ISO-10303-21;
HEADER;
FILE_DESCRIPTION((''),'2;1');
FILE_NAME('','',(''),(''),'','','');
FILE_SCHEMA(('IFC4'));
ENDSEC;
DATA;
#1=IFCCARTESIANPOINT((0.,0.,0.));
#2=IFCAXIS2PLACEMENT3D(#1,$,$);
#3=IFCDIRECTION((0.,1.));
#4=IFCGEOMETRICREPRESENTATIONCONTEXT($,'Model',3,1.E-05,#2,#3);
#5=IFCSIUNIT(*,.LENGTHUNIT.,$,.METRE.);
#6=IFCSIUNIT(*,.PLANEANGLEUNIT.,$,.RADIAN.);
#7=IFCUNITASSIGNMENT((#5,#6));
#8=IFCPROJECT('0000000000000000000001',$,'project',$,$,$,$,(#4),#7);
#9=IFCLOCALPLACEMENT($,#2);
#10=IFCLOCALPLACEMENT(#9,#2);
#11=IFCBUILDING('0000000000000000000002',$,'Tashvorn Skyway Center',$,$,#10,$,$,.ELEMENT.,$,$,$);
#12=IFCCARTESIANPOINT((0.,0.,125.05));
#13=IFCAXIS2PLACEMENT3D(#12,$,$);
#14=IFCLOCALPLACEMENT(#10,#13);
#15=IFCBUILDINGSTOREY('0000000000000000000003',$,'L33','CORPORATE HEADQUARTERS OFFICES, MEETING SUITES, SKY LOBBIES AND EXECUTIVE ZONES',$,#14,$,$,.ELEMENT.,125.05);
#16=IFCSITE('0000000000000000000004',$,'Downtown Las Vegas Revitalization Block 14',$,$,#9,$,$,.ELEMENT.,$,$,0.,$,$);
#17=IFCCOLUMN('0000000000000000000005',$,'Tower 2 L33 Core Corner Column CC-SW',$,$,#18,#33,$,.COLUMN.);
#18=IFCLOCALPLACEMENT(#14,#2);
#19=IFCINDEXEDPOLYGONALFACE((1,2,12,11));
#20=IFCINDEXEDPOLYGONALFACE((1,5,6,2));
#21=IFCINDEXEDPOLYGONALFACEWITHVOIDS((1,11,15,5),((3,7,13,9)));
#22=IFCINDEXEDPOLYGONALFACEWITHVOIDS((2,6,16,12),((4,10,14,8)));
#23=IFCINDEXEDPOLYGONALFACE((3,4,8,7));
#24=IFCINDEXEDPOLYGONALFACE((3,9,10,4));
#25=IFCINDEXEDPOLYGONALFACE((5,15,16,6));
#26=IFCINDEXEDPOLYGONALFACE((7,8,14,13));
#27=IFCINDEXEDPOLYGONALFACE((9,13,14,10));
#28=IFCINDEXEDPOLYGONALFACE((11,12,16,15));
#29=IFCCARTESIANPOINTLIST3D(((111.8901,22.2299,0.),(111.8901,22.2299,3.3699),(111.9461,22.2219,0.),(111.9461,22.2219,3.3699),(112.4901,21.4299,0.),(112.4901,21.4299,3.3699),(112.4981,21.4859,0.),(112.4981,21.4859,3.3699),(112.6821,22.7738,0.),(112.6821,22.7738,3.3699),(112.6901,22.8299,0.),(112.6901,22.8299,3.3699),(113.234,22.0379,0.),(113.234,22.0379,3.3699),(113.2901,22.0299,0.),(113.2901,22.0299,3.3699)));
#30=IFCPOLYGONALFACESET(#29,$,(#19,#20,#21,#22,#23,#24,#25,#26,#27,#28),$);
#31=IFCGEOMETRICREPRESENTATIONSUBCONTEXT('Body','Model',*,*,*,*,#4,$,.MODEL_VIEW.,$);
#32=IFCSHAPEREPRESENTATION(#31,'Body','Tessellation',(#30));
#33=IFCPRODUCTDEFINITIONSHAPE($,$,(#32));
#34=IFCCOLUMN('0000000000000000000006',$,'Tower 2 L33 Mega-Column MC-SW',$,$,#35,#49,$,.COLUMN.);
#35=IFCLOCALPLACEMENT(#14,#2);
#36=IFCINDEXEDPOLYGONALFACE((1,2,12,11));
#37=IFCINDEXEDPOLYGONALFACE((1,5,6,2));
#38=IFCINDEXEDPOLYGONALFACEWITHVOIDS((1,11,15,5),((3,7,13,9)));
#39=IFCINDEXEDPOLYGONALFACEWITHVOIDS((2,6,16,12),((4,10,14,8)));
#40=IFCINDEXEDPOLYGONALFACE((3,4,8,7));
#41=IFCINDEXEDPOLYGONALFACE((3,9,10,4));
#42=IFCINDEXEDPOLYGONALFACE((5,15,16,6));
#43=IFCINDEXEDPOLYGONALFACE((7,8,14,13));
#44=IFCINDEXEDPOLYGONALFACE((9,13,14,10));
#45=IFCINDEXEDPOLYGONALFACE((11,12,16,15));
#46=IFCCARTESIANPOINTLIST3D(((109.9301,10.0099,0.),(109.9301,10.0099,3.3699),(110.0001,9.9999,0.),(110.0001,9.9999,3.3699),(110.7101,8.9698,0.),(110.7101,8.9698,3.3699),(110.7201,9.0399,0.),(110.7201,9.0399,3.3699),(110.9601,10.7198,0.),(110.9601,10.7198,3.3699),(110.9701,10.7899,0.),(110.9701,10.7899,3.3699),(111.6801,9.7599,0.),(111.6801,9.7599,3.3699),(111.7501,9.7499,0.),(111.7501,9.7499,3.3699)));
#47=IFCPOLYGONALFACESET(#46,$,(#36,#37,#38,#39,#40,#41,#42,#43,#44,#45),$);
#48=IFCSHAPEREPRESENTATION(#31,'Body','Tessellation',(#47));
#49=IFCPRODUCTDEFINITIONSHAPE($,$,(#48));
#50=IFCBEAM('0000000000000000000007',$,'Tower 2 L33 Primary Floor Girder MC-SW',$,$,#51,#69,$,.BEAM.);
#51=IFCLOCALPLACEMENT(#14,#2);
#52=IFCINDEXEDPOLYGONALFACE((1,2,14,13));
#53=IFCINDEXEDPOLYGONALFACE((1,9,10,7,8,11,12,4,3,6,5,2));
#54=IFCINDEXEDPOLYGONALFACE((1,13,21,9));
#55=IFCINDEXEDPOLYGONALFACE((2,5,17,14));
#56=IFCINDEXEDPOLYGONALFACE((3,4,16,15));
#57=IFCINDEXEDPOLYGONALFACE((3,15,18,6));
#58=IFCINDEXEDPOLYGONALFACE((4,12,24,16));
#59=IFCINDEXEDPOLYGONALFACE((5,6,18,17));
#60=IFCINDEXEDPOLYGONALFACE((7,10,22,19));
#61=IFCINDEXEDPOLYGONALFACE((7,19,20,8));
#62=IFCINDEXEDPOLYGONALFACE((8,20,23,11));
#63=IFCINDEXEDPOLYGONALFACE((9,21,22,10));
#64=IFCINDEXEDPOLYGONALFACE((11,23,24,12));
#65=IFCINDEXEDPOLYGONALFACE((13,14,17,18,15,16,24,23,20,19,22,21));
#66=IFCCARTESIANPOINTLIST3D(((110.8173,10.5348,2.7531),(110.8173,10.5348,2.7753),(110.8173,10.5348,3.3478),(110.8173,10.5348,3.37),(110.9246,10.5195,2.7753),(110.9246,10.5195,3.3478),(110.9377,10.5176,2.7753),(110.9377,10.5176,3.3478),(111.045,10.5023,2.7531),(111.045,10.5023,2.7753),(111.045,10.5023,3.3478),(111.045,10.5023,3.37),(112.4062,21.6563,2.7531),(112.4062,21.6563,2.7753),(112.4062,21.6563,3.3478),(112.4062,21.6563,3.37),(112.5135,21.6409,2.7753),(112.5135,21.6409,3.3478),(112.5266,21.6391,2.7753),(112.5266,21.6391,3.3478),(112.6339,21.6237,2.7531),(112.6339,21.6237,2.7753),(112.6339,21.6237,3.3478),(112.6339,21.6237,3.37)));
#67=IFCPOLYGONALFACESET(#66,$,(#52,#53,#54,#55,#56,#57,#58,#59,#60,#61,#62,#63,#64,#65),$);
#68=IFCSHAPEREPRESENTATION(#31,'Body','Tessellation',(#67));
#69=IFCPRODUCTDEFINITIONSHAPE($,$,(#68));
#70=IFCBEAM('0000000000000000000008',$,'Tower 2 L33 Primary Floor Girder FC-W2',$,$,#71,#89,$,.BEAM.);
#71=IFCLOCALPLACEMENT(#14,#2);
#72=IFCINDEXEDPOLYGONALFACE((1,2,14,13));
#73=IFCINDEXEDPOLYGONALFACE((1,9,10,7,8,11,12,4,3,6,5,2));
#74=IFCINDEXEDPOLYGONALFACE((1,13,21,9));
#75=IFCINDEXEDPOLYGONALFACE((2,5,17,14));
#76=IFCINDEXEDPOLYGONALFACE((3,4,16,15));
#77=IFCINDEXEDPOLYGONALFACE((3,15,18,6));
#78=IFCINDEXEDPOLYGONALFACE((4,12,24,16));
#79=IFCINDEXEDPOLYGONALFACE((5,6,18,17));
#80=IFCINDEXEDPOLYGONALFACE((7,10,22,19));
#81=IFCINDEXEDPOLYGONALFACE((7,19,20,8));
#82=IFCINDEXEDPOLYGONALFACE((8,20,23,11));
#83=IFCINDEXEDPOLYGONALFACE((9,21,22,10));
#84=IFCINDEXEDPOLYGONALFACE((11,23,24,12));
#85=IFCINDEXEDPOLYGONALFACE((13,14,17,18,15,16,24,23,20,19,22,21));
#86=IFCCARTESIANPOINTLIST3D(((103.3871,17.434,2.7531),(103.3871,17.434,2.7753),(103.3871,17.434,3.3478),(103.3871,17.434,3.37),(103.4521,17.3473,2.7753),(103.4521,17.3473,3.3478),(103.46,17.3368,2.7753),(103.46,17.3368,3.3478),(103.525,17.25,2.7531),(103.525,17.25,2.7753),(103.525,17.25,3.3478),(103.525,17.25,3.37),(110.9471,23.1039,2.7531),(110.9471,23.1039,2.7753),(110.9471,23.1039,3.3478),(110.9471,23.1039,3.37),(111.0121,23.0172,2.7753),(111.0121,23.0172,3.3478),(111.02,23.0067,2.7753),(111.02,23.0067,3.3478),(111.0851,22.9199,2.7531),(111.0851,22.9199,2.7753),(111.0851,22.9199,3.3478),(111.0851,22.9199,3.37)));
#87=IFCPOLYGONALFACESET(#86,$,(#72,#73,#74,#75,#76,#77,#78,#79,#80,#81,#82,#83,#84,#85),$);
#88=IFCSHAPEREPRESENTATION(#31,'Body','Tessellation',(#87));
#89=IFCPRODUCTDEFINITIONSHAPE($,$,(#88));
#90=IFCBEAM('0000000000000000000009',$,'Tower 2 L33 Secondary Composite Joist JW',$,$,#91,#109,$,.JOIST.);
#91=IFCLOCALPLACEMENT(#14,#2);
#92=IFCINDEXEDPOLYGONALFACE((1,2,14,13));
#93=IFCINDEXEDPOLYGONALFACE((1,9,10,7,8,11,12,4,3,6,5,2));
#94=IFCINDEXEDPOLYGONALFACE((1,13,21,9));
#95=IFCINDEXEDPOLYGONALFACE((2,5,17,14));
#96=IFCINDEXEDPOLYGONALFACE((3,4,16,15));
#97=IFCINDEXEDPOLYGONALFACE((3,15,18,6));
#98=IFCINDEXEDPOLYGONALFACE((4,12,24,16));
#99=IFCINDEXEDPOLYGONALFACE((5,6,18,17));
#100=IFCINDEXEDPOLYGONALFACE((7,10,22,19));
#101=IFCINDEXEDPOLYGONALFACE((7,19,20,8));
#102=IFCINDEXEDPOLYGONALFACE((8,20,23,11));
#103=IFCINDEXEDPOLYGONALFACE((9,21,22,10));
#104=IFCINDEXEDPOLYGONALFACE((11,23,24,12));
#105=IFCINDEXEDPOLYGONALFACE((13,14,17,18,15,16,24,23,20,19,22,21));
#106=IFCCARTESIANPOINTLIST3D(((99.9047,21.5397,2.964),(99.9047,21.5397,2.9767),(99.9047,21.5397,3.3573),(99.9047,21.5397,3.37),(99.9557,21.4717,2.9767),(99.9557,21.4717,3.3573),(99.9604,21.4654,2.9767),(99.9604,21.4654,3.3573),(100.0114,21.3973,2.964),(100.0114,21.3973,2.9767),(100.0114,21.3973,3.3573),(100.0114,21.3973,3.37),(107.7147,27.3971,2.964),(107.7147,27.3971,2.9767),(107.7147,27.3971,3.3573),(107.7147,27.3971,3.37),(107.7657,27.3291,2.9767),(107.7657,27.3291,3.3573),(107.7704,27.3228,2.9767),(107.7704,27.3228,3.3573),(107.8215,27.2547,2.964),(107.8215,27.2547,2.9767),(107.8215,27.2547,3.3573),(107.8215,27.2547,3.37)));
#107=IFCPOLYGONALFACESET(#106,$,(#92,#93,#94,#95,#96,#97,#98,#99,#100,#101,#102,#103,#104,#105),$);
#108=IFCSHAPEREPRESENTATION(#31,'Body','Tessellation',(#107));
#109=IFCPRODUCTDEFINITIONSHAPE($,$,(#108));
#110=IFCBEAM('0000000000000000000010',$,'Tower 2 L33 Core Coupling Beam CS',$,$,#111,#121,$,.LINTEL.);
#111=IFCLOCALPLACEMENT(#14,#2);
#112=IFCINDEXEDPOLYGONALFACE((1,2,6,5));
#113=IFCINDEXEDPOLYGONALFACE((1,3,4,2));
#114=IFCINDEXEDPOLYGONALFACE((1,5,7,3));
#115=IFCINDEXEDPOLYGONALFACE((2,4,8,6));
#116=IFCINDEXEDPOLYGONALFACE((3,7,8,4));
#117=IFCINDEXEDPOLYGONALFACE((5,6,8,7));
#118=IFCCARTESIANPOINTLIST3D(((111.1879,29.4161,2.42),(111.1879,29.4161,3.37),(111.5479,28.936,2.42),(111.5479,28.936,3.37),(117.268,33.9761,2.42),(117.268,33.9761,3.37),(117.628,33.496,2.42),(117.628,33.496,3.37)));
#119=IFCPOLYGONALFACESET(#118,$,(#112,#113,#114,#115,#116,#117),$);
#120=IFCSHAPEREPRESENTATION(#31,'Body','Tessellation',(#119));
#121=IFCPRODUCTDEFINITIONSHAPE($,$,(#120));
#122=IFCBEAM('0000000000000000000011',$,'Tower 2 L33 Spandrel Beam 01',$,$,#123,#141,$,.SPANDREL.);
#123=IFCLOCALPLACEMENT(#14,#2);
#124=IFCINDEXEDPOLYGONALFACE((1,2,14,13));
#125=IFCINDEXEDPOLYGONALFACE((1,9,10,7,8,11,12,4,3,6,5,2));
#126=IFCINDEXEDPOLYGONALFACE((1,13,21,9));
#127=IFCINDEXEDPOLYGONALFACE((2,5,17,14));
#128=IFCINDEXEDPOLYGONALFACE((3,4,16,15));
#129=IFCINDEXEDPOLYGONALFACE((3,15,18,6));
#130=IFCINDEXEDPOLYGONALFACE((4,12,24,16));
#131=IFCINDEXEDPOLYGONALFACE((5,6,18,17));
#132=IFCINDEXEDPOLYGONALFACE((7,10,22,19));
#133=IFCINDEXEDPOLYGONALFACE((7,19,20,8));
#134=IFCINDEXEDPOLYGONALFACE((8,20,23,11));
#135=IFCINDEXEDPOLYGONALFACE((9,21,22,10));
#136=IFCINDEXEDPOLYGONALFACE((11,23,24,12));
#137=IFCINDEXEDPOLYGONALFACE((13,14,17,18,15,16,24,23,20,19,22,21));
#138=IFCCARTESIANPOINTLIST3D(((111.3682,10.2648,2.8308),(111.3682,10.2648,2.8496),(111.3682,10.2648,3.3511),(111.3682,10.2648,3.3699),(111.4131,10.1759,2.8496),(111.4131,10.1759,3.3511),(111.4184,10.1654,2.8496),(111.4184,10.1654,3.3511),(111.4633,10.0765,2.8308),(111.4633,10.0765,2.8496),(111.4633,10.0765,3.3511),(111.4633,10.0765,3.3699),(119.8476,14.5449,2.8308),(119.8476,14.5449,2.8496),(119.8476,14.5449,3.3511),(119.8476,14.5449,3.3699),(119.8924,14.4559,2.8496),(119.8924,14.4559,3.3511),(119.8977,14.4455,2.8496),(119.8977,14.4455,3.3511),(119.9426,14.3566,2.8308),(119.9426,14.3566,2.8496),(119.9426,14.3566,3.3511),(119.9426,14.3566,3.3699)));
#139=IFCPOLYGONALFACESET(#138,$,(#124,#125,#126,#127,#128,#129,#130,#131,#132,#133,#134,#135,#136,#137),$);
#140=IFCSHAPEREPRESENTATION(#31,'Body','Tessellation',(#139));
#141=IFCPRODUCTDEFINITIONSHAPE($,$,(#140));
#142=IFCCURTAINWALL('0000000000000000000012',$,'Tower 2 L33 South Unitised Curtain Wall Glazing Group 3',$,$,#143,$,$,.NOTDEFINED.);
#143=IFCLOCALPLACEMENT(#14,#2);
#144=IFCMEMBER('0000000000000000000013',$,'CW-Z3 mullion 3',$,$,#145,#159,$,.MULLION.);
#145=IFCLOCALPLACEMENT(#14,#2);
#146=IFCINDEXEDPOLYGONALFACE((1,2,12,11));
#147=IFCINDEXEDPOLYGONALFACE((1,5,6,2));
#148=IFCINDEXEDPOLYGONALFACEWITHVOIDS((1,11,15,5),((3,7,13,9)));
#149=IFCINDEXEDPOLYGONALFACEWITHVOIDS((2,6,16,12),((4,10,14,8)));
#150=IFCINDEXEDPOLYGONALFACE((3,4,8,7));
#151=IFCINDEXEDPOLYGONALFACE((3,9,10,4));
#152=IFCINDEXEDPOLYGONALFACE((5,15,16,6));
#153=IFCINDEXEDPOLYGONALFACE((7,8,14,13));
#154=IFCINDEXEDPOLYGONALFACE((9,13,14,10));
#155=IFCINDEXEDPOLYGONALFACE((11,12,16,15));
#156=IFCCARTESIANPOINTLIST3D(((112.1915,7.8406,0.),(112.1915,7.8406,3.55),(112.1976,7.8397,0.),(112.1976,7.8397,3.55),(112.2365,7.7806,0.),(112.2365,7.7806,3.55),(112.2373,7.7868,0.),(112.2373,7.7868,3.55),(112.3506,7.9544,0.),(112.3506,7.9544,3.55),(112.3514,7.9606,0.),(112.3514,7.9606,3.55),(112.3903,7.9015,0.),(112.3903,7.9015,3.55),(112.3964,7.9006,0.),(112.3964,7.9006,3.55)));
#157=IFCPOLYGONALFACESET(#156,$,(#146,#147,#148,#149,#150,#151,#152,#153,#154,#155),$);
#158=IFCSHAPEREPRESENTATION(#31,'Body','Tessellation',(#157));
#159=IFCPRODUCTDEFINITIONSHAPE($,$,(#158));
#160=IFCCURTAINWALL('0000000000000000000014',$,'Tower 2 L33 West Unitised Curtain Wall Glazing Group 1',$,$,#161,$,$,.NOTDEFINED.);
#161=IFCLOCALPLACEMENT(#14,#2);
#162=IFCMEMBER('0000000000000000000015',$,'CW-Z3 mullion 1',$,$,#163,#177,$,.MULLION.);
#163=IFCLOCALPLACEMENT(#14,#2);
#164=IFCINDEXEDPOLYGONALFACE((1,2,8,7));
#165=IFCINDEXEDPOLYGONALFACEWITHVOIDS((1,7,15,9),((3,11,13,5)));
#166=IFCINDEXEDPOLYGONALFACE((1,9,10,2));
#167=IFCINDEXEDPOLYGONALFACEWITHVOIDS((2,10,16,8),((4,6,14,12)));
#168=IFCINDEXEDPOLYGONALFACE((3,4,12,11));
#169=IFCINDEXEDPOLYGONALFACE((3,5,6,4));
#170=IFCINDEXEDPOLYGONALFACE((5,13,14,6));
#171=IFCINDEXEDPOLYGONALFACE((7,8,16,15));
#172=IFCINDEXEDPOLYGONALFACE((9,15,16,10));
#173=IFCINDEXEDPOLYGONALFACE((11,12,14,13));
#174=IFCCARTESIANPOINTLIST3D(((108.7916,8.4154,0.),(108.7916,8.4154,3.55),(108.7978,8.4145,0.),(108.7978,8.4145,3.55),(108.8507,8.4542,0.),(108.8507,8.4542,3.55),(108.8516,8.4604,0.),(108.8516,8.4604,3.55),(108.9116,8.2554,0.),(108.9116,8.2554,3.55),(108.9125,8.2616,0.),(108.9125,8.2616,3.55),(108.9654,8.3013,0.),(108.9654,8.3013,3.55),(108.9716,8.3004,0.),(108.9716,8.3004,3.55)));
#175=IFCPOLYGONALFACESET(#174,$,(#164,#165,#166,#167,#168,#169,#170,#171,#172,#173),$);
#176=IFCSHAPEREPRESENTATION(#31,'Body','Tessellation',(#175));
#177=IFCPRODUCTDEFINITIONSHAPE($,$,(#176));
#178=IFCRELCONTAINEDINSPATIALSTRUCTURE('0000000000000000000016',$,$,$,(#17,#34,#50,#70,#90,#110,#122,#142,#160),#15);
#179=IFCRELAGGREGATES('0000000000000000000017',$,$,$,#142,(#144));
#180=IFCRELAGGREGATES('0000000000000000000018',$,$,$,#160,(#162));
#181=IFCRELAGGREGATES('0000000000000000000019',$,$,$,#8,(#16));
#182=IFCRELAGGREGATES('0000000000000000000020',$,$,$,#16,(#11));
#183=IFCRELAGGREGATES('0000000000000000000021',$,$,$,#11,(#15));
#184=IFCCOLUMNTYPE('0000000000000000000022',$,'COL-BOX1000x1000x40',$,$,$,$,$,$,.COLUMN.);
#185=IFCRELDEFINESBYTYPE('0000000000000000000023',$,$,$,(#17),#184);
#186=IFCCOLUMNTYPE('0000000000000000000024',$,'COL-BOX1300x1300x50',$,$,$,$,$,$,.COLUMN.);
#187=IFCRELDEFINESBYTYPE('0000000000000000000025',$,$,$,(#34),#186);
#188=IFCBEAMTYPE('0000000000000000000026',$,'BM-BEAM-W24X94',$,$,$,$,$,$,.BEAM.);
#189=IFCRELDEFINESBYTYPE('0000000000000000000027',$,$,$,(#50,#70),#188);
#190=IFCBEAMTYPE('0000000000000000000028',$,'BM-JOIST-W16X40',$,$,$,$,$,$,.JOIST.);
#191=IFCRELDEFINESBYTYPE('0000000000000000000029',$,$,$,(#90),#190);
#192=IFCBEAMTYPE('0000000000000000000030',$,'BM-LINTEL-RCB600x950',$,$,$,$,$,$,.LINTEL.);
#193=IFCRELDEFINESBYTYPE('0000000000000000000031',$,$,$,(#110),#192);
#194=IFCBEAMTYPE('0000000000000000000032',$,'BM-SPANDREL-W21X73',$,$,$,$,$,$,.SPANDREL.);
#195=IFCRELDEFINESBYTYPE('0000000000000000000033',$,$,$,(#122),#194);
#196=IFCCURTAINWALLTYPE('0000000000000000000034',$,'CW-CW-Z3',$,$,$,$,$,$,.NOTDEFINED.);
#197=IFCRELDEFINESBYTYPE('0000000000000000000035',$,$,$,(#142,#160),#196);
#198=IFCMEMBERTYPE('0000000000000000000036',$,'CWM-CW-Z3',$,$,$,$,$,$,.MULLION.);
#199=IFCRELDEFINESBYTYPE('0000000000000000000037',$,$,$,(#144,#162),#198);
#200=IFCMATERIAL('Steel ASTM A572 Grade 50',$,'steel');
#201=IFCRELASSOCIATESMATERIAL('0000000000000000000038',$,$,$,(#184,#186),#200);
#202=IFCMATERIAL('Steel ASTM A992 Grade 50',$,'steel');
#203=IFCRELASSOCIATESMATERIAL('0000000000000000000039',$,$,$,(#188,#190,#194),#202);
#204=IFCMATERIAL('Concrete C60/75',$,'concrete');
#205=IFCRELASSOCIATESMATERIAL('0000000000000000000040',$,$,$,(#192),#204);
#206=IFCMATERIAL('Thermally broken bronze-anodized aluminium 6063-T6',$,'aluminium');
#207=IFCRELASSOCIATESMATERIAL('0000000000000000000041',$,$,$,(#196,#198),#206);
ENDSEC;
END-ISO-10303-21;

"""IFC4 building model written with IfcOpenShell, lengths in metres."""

from ifc_helpers import new_model, si_unit, direction, frame, origin, origin_2d, place, context, subcontext, project, spatial, rectangle, hollow_rectangle, i_section, extrude, material, material_profile, profile_set, type_object, element, aggregate, save


model = new_model("IFC4")

# Units and contexts
model_context = context("Model", 3, precision=1e-05, world=origin(), true_north=direction((0.0, 1.0)))
body_context = subcontext(model_context, "Body", "Model", "MODEL_VIEW")
ifc_project = project(units=[si_unit("LENGTHUNIT", "METRE"), si_unit("PLANEANGLEUNIT", "RADIAN")], contexts=[model_context])

# Site, building, storey
site_placement = place(None, origin())
site = spatial("IfcSite", under=ifc_project, at=site_placement, Name="Downtown Las Vegas Revitalization Block 14", CompositionType="ELEMENT", RefElevation=0.0)
building_placement = place(site_placement, origin())
building = spatial("IfcBuilding", under=site, at=building_placement, Name="Tashvorn Skyway Center", CompositionType="ELEMENT")
storey_placement = place(building_placement, frame((0.0, 0.0, 125.05)))
storey = spatial("IfcBuildingStorey", under=building, at=storey_placement, Name="L33", Description="CORPORATE HEADQUARTERS OFFICES, MEETING SUITES, SKY LOBBIES AND EXECUTIVE ZONES", CompositionType="ELEMENT", Elevation=125.05)

# Columns
ifc_material_1 = material(Name="Steel ASTM A572 Grade 50", Category="steel")
ifc_material_profile_1 = material_profile(ifc_material_1, hollow_rectangle(XDim=1.0, YDim=1.0, WallThickness=0.04, at=origin_2d()), Name="BOX1000x1000x40")
ifc_profile_set_1 = profile_set([ifc_material_profile_1], Name="Steel ASTM A572 Grade 50")
column_type_1 = type_object("IfcColumnType", Name="COL-BOX1000x1000x40", PredefinedType="COLUMN", material=ifc_profile_set_1)
column_1_placement = place(storey_placement, frame((112.5901, 22.1299, 0.0), z_axis=(0.0, 0.0, 1.0), x_axis=(0.8, 0.6, 0.0)))
element("IfcColumn", 1, at=column_1_placement, inside=storey, type_object=column_type_1, Name="Tower 2 L33 Core Corner Column CC-SW", PredefinedType="COLUMN", context=body_context, shape_type="SweptSolid", body=[
    extrude(hollow_rectangle(XDim=1.0, YDim=1.0, WallThickness=0.04, at=origin_2d()), origin(), (0.0, 0.0, 1.0), 3.3699),
])
ifc_material_profile_2 = material_profile(ifc_material_1, hollow_rectangle(XDim=1.3, YDim=1.3, WallThickness=0.05, at=origin_2d()), Name="BOX1300x1300x50")
ifc_profile_set_2 = profile_set([ifc_material_profile_2], Name="Steel ASTM A572 Grade 50")
column_type_2 = type_object("IfcColumnType", Name="COL-BOX1300x1300x50", PredefinedType="COLUMN", material=ifc_profile_set_2)
column_2_placement = place(storey_placement, frame((110.8401, 9.8799, 0.0), z_axis=(0.0, 0.0, 1.0), x_axis=(0.8, 0.6, 0.0)))
element("IfcColumn", 2, at=column_2_placement, inside=storey, type_object=column_type_2, Name="Tower 2 L33 Mega-Column MC-SW", PredefinedType="COLUMN", context=body_context, shape_type="SweptSolid", body=[
    extrude(hollow_rectangle(XDim=1.3, YDim=1.3, WallThickness=0.05, at=origin_2d()), origin(), (0.0, 0.0, 1.0), 3.3699),
])

# Beams
ifc_material_2 = material(Name="Steel ASTM A992 Grade 50", Category="steel")
ifc_material_profile_3 = material_profile(ifc_material_2, i_section(OverallWidth=0.23, OverallDepth=0.6169, WebThickness=0.0132, FlangeThickness=0.0222, at=origin_2d()), Name="W24X94")
ifc_profile_set_3 = profile_set([ifc_material_profile_3], Name="Steel ASTM A992 Grade 50")
beam_type_1 = type_object("IfcBeamType", Name="BM-BEAM-W24X94", PredefinedType="BEAM", material=ifc_profile_set_3)
beam_1_placement = place(storey_placement, frame((110.9312, 10.5186, 3.0615), z_axis=(0.14143, 0.989948, 0.0), x_axis=(-0.989948, 0.14143, 0.0)))
element("IfcBeam", 3, at=beam_1_placement, inside=storey, type_object=beam_type_1, Name="Tower 2 L33 Primary Floor Girder MC-SW", PredefinedType="BEAM", context=body_context, shape_type="SweptSolid", body=[
    extrude(i_section(OverallWidth=0.23, OverallDepth=0.6169, WebThickness=0.0132, FlangeThickness=0.0222, at=origin_2d()), origin(), (0.0, 0.0, 1.0), 11.2344),
])
beam_2_placement = place(storey_placement, frame((103.4561, 17.342, 3.0615), z_axis=(0.800006, 0.599992, 0.0), x_axis=(-0.599992, 0.800006, 0.0)))
element("IfcBeam", 4, at=beam_2_placement, inside=storey, type_object=beam_type_1, Name="Tower 2 L33 Primary Floor Girder FC-W2", PredefinedType="BEAM", context=body_context, shape_type="SweptSolid", body=[
    extrude(i_section(OverallWidth=0.23, OverallDepth=0.6169, WebThickness=0.0132, FlangeThickness=0.0222, at=origin_2d()), origin(), (0.0, 0.0, 1.0), 9.45),
])
ifc_material_profile_4 = material_profile(ifc_material_2, i_section(OverallWidth=0.178, OverallDepth=0.406, WebThickness=0.0078, FlangeThickness=0.0127, at=origin_2d()), Name="W16X40")
ifc_profile_set_4 = profile_set([ifc_material_profile_4], Name="Steel ASTM A992 Grade 50")
beam_type_2 = type_object("IfcBeamType", Name="BM-JOIST-W16X40", PredefinedType="JOIST", material=ifc_profile_set_4)
beam_3_placement = place(storey_placement, frame((107.7681, 27.3259, 3.167), z_axis=(-0.800006, -0.599992, 0.0), x_axis=(0.599992, -0.800006, 0.0)))
element("IfcBeam", 5, at=beam_3_placement, inside=storey, type_object=beam_type_2, Name="Tower 2 L33 Secondary Composite Joist JW", PredefinedType="JOIST", context=body_context, shape_type="SweptSolid", body=[
    extrude(i_section(OverallWidth=0.178, OverallDepth=0.406, WebThickness=0.0078, FlangeThickness=0.0127, at=origin_2d()), origin(), (0.0, 0.0, 1.0), 9.7625),
])
ifc_material_3 = material(Name="Concrete C60/75", Category="concrete")
ifc_material_profile_5 = material_profile(ifc_material_3, rectangle(XDim=0.6001, YDim=0.95, at=origin_2d()), Name="RCB600x950")
ifc_profile_set_5 = profile_set([ifc_material_profile_5], Name="Concrete C60/75")
beam_type_3 = type_object("IfcBeamType", Name="BM-LINTEL-RCB600x950", PredefinedType="LINTEL", material=ifc_profile_set_5)
beam_4_placement = place(storey_placement, frame((111.3679, 29.176, 2.895), z_axis=(0.8, 0.6, 0.0), x_axis=(-0.6, 0.8, 0.0)))
element("IfcBeam", 6, at=beam_4_placement, inside=storey, type_object=beam_type_3, Name="Tower 2 L33 Core Coupling Beam CS", PredefinedType="LINTEL", context=body_context, shape_type="SweptSolid", body=[
    extrude(rectangle(XDim=0.6001, YDim=0.95, at=origin_2d()), origin(), (0.0, 0.0, 1.0), 7.6001),
])
ifc_material_profile_6 = material_profile(ifc_material_2, i_section(OverallWidth=0.2109, OverallDepth=0.5391, WebThickness=0.0117, FlangeThickness=0.0188, at=origin_2d()), Name="W21X73")
ifc_profile_set_6 = profile_set([ifc_material_profile_6], Name="Steel ASTM A992 Grade 50")
beam_type_4 = type_object("IfcBeamType", Name="BM-SPANDREL-W21X73", PredefinedType="SPANDREL", material=ifc_profile_set_6)
beam_5_placement = place(storey_placement, frame((111.4158, 10.1707, 3.1003), z_axis=(0.892719, 0.450614, 0.0), x_axis=(-0.450614, 0.892719, 0.0)))
element("IfcBeam", 7, at=beam_5_placement, inside=storey, type_object=beam_type_4, Name="Tower 2 L33 Spandrel Beam 01", PredefinedType="SPANDREL", context=body_context, shape_type="SweptSolid", body=[
    extrude(i_section(OverallWidth=0.2109, OverallDepth=0.5391, WebThickness=0.0117, FlangeThickness=0.0188, at=origin_2d()), origin(), (0.0, 0.0, 1.0), 9.4983),
])

# Curtain wall, member
ifc_material_4 = material(Name="Thermally broken bronze-anodized aluminium 6063-T6", Category="aluminium")
curtain_wall_type = type_object("IfcCurtainWallType", Name="CW-CW-Z3", PredefinedType="NOTDEFINED", material=ifc_material_4)
curtain_wall_1_placement = place(storey_placement, origin())
curtain_wall_1 = element("IfcCurtainWall", 8, at=curtain_wall_1_placement, inside=storey, type_object=curtain_wall_type, Name="Tower 2 L33 South Unitised Curtain Wall Glazing Group 3", PredefinedType="NOTDEFINED")
ifc_material_profile_7 = material_profile(ifc_material_4, hollow_rectangle(XDim=0.075, YDim=0.2, WallThickness=0.0044, at=origin_2d()), Name="ALU-MULL-75x200")
ifc_profile_set_7 = profile_set([ifc_material_profile_7], Name="Thermally broken bronze-anodized aluminium 6063-T6")
member_type_1 = type_object("IfcMemberType", Name="CWM-CW-Z3", PredefinedType="MULLION", material=ifc_profile_set_7)
member_1_placement = place(storey_placement, frame((112.2939, 7.8706, 0.0), z_axis=(0.0, 0.0, 1.0), x_axis=(0.600005, -0.799997, 0.0)))
member_1 = element("IfcMember", 9, at=member_1_placement, type_object=member_type_1, Name="CW-Z3 mullion 3", PredefinedType="MULLION", context=body_context, shape_type="SweptSolid", body=[
    extrude(hollow_rectangle(XDim=0.075, YDim=0.2, WallThickness=0.0044, at=origin_2d()), origin(), (0.0, 0.0, 1.0), 3.55),
])

# Curtain wall, member
curtain_wall_2_placement = place(storey_placement, origin())
curtain_wall_2 = element("IfcCurtainWall", 10, at=curtain_wall_2_placement, inside=storey, type_object=curtain_wall_type, Name="Tower 2 L33 West Unitised Curtain Wall Glazing Group 1", PredefinedType="NOTDEFINED")
member_2_placement = place(storey_placement, frame((108.8816, 8.3579, 0.0), z_axis=(0.0, 0.0, 1.0), x_axis=(-0.799997, -0.600005, 0.0)))
member_2 = element("IfcMember", 11, at=member_2_placement, type_object=member_type_1, Name="CW-Z3 mullion 1", PredefinedType="MULLION", context=body_context, shape_type="SweptSolid", body=[
    extrude(hollow_rectangle(XDim=0.075, YDim=0.2, WallThickness=0.0044, at=origin_2d()), origin(), (0.0, 0.0, 1.0), 3.55),
])

aggregate(curtain_wall_1, [member_1])
aggregate(curtain_wall_2, [member_2])

save(model, "model.ifc")
